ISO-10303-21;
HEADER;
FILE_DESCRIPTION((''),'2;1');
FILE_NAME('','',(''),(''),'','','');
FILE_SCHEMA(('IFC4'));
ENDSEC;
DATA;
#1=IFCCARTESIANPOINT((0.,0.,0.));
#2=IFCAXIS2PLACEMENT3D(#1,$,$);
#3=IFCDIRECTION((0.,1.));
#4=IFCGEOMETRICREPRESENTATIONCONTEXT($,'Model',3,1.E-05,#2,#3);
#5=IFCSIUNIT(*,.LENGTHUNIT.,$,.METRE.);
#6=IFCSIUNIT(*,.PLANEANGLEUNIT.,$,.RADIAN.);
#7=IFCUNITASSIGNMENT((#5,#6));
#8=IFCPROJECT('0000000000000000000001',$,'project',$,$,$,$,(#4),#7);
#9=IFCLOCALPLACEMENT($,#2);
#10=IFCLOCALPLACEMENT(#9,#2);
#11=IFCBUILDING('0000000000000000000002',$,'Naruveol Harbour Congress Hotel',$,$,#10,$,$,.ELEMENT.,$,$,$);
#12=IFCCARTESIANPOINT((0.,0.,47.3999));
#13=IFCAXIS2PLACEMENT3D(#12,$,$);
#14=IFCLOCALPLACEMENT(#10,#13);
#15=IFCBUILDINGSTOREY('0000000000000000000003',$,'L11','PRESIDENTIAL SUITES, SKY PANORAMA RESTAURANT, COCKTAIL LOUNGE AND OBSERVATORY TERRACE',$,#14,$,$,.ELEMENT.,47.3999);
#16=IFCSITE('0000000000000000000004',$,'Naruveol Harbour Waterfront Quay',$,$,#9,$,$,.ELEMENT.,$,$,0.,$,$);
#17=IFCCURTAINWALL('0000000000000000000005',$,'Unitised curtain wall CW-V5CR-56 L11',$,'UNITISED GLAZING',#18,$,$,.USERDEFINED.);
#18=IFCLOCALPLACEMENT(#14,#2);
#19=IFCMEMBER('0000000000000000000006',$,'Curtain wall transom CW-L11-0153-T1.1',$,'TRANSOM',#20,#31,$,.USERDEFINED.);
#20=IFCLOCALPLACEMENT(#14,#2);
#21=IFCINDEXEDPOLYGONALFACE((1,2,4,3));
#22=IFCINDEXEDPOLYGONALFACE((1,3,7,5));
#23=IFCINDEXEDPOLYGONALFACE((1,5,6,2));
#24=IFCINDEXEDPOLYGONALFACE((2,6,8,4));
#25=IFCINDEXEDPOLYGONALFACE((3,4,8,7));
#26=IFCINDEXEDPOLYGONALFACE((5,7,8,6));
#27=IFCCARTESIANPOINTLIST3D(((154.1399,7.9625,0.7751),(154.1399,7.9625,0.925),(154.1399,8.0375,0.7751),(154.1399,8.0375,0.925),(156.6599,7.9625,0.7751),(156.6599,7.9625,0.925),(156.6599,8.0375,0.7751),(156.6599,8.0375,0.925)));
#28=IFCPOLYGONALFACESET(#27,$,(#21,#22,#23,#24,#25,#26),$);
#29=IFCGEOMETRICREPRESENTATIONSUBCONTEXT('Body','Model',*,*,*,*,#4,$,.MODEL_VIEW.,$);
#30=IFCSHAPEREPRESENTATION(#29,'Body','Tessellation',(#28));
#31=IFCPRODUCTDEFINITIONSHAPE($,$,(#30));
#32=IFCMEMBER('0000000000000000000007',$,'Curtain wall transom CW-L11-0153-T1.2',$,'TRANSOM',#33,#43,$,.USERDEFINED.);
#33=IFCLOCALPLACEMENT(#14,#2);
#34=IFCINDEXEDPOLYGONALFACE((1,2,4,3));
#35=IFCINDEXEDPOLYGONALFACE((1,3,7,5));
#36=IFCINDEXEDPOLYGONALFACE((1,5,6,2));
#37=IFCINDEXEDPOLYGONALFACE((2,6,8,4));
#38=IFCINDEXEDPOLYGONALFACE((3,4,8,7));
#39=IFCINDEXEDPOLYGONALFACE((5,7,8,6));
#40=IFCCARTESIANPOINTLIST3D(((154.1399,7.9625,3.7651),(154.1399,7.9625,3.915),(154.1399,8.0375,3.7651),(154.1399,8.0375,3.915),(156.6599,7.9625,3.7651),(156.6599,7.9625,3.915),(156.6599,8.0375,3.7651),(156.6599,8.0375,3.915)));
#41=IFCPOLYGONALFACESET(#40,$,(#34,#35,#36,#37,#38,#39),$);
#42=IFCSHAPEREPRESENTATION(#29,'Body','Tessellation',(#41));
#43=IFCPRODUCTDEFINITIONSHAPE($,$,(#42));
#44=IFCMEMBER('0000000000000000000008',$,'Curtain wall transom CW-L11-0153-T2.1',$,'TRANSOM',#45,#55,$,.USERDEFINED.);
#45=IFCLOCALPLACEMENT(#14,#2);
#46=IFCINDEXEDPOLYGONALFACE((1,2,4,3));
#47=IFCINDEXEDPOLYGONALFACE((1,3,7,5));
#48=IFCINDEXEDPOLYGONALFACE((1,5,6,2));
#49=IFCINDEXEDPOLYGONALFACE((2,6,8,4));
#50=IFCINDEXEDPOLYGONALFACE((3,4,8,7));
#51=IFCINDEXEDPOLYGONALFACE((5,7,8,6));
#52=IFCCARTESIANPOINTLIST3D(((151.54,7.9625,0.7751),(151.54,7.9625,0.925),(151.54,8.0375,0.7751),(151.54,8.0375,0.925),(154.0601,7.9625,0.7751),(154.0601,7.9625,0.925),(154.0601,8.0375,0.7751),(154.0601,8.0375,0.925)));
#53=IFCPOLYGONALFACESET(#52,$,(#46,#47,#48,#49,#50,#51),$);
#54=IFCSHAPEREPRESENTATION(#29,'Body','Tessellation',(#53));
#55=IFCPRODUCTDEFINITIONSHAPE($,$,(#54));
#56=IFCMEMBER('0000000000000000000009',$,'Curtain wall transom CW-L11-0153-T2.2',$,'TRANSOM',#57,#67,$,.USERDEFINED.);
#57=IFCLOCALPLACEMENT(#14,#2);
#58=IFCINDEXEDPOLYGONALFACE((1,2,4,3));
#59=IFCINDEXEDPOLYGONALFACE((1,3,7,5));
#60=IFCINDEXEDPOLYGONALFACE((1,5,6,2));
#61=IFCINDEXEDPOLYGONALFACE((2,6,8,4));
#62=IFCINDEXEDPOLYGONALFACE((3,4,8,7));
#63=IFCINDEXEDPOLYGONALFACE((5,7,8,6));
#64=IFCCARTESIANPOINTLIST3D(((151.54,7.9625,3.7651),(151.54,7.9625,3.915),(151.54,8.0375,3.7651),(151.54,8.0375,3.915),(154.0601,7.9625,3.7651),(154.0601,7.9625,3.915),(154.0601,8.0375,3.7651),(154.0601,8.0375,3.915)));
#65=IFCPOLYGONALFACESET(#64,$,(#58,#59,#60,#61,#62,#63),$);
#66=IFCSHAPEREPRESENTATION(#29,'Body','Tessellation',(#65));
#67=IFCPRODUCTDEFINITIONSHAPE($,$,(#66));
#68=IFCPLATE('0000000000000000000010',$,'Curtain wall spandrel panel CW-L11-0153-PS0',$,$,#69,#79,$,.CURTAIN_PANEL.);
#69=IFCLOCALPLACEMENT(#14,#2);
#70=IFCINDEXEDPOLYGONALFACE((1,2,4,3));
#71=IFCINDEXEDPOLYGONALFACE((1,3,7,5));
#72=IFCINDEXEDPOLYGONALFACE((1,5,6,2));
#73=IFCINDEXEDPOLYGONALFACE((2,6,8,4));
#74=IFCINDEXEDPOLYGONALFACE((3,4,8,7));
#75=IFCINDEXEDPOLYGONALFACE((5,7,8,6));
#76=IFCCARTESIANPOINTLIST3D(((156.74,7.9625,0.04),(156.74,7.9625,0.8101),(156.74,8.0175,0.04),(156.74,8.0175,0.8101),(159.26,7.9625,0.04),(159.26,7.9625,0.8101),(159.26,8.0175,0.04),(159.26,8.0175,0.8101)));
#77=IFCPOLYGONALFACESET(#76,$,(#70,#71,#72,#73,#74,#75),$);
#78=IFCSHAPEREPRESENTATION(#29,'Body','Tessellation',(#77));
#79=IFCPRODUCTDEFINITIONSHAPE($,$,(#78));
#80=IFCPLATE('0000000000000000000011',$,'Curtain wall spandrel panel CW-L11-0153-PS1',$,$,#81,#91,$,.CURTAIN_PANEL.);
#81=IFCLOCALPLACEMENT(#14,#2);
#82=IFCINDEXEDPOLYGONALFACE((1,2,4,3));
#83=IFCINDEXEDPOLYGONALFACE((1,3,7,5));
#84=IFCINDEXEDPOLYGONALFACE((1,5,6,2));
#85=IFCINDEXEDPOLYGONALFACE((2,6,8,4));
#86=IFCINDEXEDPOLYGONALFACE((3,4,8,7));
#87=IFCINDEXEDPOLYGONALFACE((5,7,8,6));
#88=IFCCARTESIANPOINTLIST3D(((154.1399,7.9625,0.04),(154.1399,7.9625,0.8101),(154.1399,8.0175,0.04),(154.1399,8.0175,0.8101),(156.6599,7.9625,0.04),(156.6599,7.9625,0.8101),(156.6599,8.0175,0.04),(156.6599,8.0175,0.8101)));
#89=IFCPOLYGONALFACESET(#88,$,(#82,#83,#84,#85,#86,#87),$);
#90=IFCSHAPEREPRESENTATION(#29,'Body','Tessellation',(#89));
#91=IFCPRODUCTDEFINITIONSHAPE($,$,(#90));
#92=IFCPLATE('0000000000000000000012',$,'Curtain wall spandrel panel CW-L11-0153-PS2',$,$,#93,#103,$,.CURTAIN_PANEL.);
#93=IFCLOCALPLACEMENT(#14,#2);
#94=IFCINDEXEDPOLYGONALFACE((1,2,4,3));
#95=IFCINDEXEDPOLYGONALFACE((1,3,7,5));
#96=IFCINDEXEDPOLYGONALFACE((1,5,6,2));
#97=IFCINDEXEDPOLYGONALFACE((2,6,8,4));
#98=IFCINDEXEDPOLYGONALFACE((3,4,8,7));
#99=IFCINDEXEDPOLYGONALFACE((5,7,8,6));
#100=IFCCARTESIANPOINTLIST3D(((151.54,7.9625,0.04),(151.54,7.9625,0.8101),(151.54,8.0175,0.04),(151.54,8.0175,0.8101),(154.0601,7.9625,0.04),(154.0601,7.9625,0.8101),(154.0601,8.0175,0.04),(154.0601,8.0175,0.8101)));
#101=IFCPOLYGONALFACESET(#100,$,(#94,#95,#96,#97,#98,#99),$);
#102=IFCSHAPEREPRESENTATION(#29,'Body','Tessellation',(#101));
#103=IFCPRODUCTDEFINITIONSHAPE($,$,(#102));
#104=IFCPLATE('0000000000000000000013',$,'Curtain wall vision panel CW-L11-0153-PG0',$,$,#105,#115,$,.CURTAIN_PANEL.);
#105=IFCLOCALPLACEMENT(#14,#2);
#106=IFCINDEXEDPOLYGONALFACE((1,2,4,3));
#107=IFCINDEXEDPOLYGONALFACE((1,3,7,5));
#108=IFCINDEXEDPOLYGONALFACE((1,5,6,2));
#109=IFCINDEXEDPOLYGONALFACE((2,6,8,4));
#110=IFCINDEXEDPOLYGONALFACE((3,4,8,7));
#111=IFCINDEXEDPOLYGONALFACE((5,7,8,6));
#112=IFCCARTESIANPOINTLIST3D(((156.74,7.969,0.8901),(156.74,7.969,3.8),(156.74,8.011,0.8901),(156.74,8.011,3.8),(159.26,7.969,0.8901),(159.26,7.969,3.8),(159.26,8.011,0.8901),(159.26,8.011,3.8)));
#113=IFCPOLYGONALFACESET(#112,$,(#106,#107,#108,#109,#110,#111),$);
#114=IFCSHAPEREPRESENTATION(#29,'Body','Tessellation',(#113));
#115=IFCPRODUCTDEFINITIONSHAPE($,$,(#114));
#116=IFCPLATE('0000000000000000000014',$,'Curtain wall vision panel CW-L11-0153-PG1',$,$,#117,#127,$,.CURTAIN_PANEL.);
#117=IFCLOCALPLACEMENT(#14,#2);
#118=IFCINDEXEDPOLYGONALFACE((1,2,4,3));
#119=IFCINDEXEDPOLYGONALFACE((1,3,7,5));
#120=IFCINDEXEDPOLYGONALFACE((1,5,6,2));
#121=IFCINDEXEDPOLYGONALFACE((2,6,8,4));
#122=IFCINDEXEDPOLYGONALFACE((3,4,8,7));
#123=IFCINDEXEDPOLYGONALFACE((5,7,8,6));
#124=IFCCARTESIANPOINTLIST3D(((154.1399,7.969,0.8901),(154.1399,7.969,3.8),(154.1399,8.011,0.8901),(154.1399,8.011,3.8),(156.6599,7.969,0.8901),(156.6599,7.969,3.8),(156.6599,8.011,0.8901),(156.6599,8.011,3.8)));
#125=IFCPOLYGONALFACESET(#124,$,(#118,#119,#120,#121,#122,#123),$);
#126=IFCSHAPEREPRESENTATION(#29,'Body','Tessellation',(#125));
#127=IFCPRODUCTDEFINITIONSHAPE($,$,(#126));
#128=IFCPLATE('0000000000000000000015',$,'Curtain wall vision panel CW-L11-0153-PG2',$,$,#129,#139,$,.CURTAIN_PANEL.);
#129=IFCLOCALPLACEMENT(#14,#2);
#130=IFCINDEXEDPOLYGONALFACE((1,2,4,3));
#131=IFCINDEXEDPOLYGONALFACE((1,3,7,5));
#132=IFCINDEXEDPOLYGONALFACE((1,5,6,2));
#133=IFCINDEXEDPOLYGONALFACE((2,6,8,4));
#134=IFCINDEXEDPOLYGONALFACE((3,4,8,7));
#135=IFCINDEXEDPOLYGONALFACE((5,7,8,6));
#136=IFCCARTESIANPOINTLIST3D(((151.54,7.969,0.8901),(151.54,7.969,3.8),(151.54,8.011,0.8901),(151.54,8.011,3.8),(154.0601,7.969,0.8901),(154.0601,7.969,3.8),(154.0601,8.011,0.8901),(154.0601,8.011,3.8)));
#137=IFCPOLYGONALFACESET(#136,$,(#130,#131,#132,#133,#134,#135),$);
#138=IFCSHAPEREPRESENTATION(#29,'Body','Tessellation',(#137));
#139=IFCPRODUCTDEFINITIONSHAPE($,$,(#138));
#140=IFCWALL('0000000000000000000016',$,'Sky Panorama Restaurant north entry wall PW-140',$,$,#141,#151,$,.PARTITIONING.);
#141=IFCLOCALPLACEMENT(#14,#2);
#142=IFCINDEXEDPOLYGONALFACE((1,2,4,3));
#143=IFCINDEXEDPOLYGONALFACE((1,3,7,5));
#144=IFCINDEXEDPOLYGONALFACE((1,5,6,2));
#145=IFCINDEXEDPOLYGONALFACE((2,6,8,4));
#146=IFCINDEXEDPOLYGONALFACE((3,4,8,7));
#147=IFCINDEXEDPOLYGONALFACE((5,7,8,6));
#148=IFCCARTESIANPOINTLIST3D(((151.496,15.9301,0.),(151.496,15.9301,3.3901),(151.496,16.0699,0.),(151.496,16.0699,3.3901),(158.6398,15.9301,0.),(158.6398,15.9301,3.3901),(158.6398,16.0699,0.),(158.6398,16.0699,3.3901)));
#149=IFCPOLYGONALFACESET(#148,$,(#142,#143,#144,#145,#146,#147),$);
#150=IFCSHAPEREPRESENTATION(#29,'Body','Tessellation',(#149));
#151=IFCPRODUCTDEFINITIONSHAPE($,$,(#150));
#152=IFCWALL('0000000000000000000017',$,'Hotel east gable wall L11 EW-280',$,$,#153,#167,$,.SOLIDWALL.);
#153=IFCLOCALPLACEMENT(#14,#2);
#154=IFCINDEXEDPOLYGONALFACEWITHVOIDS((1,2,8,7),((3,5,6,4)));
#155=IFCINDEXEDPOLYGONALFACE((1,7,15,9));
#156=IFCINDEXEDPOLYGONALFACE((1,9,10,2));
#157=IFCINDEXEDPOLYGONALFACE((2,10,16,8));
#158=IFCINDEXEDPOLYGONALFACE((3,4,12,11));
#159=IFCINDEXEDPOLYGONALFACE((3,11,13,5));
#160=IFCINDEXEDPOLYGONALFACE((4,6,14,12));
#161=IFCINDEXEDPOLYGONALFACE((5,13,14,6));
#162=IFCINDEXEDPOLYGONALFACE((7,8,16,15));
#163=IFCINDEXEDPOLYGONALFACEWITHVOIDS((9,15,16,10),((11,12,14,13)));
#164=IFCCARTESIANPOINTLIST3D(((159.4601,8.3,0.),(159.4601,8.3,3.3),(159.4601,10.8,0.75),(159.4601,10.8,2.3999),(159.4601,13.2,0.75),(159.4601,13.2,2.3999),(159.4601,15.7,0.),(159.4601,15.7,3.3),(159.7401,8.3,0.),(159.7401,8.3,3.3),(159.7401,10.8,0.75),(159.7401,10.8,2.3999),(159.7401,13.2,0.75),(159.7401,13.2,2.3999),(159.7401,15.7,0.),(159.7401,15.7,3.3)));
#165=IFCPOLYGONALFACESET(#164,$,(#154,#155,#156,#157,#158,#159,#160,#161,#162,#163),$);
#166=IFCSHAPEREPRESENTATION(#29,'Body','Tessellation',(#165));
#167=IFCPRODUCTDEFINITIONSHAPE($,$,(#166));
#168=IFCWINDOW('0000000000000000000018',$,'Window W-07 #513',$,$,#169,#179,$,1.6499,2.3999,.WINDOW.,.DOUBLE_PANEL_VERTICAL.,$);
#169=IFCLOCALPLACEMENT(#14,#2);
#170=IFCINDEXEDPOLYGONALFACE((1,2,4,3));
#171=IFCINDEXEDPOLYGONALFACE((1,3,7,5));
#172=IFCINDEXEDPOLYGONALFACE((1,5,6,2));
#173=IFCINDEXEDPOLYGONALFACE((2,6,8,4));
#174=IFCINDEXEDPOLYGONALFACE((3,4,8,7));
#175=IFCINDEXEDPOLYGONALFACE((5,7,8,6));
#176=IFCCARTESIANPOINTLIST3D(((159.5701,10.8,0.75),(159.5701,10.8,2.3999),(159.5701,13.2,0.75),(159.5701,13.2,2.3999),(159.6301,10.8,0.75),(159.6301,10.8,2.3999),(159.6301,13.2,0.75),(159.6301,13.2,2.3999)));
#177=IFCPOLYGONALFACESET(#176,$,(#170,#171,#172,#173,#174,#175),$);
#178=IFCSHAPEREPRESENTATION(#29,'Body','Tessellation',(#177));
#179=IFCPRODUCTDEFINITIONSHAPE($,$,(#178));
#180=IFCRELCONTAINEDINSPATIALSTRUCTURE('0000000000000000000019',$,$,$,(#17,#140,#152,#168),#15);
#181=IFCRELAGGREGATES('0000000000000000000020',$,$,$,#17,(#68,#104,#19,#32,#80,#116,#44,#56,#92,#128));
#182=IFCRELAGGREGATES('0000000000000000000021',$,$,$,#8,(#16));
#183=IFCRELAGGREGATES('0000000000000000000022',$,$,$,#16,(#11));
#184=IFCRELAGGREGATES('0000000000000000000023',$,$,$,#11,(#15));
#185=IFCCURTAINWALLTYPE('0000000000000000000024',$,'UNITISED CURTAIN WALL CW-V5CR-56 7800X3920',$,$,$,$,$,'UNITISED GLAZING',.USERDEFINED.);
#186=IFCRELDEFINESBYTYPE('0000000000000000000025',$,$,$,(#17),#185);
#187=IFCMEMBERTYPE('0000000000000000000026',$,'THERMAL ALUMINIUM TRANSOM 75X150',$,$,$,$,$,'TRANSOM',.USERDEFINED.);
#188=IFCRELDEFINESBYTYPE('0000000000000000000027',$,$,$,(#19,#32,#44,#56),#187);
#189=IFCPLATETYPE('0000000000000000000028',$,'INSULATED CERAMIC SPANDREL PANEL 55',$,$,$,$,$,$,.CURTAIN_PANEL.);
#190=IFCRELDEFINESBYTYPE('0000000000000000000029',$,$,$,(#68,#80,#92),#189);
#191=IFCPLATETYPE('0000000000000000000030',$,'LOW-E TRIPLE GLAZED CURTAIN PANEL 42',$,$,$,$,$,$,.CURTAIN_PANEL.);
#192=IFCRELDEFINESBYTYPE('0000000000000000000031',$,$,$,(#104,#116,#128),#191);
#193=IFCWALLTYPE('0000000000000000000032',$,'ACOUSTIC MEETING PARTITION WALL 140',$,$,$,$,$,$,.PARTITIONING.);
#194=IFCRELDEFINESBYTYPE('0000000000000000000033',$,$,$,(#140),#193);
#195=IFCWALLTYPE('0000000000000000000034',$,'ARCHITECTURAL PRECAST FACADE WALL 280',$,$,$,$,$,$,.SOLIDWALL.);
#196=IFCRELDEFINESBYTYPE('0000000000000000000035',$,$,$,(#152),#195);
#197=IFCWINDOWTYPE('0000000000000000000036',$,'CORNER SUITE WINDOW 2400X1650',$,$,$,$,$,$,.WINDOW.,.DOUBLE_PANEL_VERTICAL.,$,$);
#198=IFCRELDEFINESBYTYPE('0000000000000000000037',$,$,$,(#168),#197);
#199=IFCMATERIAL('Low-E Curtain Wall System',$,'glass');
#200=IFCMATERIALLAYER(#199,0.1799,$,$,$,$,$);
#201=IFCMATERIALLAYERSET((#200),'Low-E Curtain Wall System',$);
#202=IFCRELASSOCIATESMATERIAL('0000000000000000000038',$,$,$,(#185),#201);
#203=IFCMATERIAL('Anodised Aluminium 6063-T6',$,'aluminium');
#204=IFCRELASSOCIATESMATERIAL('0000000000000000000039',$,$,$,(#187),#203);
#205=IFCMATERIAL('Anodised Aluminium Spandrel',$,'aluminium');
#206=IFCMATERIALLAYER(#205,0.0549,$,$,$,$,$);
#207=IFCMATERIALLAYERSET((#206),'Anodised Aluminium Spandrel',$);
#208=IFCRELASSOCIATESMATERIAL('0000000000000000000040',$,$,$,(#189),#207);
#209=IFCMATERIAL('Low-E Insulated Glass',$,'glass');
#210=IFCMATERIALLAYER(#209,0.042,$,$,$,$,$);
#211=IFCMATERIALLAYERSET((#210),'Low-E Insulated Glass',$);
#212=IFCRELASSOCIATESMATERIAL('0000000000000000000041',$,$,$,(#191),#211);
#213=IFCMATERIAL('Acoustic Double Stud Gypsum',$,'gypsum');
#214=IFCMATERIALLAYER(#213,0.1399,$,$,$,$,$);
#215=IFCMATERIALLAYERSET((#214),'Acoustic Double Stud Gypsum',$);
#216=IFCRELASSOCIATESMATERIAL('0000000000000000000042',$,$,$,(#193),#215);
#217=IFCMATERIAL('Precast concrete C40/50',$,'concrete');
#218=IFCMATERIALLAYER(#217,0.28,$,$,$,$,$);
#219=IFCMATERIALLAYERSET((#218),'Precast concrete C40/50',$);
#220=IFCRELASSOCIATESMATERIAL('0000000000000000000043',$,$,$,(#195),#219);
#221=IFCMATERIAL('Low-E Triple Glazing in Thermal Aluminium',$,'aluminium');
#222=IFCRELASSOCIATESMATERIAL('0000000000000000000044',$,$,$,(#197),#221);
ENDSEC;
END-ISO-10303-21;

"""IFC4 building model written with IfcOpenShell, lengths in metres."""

from ifc_helpers import new_model, si_unit, direction, frame, frame_2d, origin, origin_2d, place, context, subcontext, project, spatial, rectangle, extrude, material, layer, layer_set, material_profile, profile_set, type_object, element, fill, aggregate, save


model = new_model("IFC4")

# Units and contexts
model_context = context("Model", 3, precision=1e-05, world=origin(), true_north=direction((0.0, 1.0)))
body_context = subcontext(model_context, "Body", "Model", "MODEL_VIEW")
ifc_project = project(units=[si_unit("LENGTHUNIT", "METRE"), si_unit("PLANEANGLEUNIT", "RADIAN")], contexts=[model_context])

# Site, building, storey
site_placement = place(None, origin())
site = spatial("IfcSite", under=ifc_project, at=site_placement, Name="Naruveol Harbour Waterfront Quay", CompositionType="ELEMENT", RefElevation=0.0)
building_placement = place(site_placement, origin())
building = spatial("IfcBuilding", under=site, at=building_placement, Name="Naruveol Harbour Congress Hotel", CompositionType="ELEMENT")
storey_placement = place(building_placement, frame((0.0, 0.0, 47.3999)))
storey = spatial("IfcBuildingStorey", under=building, at=storey_placement, Name="L11", Description="PRESIDENTIAL SUITES, SKY PANORAMA RESTAURANT, COCKTAIL LOUNGE AND OBSERVATORY TERRACE", CompositionType="ELEMENT", Elevation=47.3999)

# Curtain wall, members, plates
ifc_material_1 = material(Name="Low-E Curtain Wall System", Category="glass")
ifc_layer_1 = layer(ifc_material_1, 0.1799)
ifc_layer_set_1 = layer_set([ifc_layer_1], Name="Low-E Curtain Wall System")
curtain_wall_type = type_object("IfcCurtainWallType", Name="UNITISED CURTAIN WALL CW-V5CR-56 7800X3920", ElementType="UNITISED GLAZING", PredefinedType="USERDEFINED", material=ifc_layer_set_1)
curtain_wall_placement = place(storey_placement, origin())
curtain_wall = element("IfcCurtainWall", 1, at=curtain_wall_placement, inside=storey, type_object=curtain_wall_type, Name="Unitised curtain wall CW-V5CR-56 L11", ObjectType="UNITISED GLAZING", PredefinedType="USERDEFINED")
ifc_material_2 = material(Name="Anodised Aluminium 6063-T6", Category="aluminium")
ifc_material_profile_1 = material_profile(ifc_material_2, rectangle(XDim=0.075, YDim=0.1499, at=origin_2d()), Name="ALU-75x150")
ifc_profile_set_1 = profile_set([ifc_material_profile_1], Name="Anodised Aluminium 6063-T6")
member_type_1 = type_object("IfcMemberType", Name="THERMAL ALUMINIUM TRANSOM 75X150", ElementType="TRANSOM", PredefinedType="USERDEFINED", material=ifc_profile_set_1)
member_1_placement = place(storey_placement, frame((156.6599, 8.0, 0.8501), z_axis=(-1.0, 0.0, 0.0), x_axis=(0.0, -1.0, 0.0)))
member_1 = element("IfcMember", 2, at=member_1_placement, type_object=member_type_1, Name="Curtain wall transom CW-L11-0153-T1.1", ObjectType="TRANSOM", PredefinedType="USERDEFINED", context=body_context, shape_type="SweptSolid", body=[
    extrude(rectangle(XDim=0.075, YDim=0.1499, at=origin_2d()), origin(), (0.0, 0.0, 1.0), 2.52),
])
member_2_placement = place(storey_placement, frame((156.6599, 8.0, 3.8401), z_axis=(-1.0, 0.0, 0.0), x_axis=(0.0, -1.0, 0.0)))
member_2 = element("IfcMember", 3, at=member_2_placement, type_object=member_type_1, Name="Curtain wall transom CW-L11-0153-T1.2", ObjectType="TRANSOM", PredefinedType="USERDEFINED", context=body_context, shape_type="SweptSolid", body=[
    extrude(rectangle(XDim=0.075, YDim=0.1499, at=origin_2d()), origin(), (0.0, 0.0, 1.0), 2.52),
])
member_3_placement = place(storey_placement, frame((154.0601, 8.0, 0.8501), z_axis=(-1.0, 0.0, 0.0), x_axis=(0.0, -1.0, 0.0)))
member_3 = element("IfcMember", 4, at=member_3_placement, type_object=member_type_1, Name="Curtain wall transom CW-L11-0153-T2.1", ObjectType="TRANSOM", PredefinedType="USERDEFINED", context=body_context, shape_type="SweptSolid", body=[
    extrude(rectangle(XDim=0.075, YDim=0.1499, at=origin_2d()), origin(), (0.0, 0.0, 1.0), 2.52),
])
member_4_placement = place(storey_placement, frame((154.0601, 8.0, 3.8401), z_axis=(-1.0, 0.0, 0.0), x_axis=(0.0, -1.0, 0.0)))
member_4 = element("IfcMember", 5, at=member_4_placement, type_object=member_type_1, Name="Curtain wall transom CW-L11-0153-T2.2", ObjectType="TRANSOM", PredefinedType="USERDEFINED", context=body_context, shape_type="SweptSolid", body=[
    extrude(rectangle(XDim=0.075, YDim=0.1499, at=origin_2d()), origin(), (0.0, 0.0, 1.0), 2.52),
])
ifc_material_3 = material(Name="Anodised Aluminium Spandrel", Category="aluminium")
ifc_layer_2 = layer(ifc_material_3, 0.0549)
ifc_layer_set_2 = layer_set([ifc_layer_2], Name="Anodised Aluminium Spandrel")
plate_type_1 = type_object("IfcPlateType", Name="INSULATED CERAMIC SPANDREL PANEL 55", PredefinedType="CURTAIN_PANEL", material=ifc_layer_set_2)
plate_1_placement = place(storey_placement, frame((158.0, 7.99, 0.04), z_axis=(0.0, 0.0, 1.0), x_axis=(-1.0, 0.0, 0.0)))
plate_1 = element("IfcPlate", 6, at=plate_1_placement, type_object=plate_type_1, Name="Curtain wall spandrel panel CW-L11-0153-PS0", PredefinedType="CURTAIN_PANEL", context=body_context, shape_type="SweptSolid", body=[
    extrude(rectangle(XDim=2.52, YDim=0.0549, at=origin_2d()), origin(), (0.0, 0.0, 1.0), 0.77),
])
plate_2_placement = place(storey_placement, frame((155.3999, 7.99, 0.04), z_axis=(0.0, 0.0, 1.0), x_axis=(-1.0, 0.0, 0.0)))
plate_2 = element("IfcPlate", 7, at=plate_2_placement, type_object=plate_type_1, Name="Curtain wall spandrel panel CW-L11-0153-PS1", PredefinedType="CURTAIN_PANEL", context=body_context, shape_type="SweptSolid", body=[
    extrude(rectangle(XDim=2.52, YDim=0.0549, at=origin_2d()), origin(), (0.0, 0.0, 1.0), 0.77),
])
plate_3_placement = place(storey_placement, frame((152.8, 7.99, 0.04), z_axis=(0.0, 0.0, 1.0), x_axis=(-1.0, 0.0, 0.0)))
plate_3 = element("IfcPlate", 8, at=plate_3_placement, type_object=plate_type_1, Name="Curtain wall spandrel panel CW-L11-0153-PS2", PredefinedType="CURTAIN_PANEL", context=body_context, shape_type="SweptSolid", body=[
    extrude(rectangle(XDim=2.52, YDim=0.0549, at=origin_2d()), origin(), (0.0, 0.0, 1.0), 0.77),
])
ifc_material_4 = material(Name="Low-E Insulated Glass", Category="glass")
ifc_layer_3 = layer(ifc_material_4, 0.042)
ifc_layer_set_3 = layer_set([ifc_layer_3], Name="Low-E Insulated Glass")
plate_type_2 = type_object("IfcPlateType", Name="LOW-E TRIPLE GLAZED CURTAIN PANEL 42", PredefinedType="CURTAIN_PANEL", material=ifc_layer_set_3)
plate_4_placement = place(storey_placement, frame((158.0, 7.99, 0.8901), z_axis=(0.0, 0.0, 1.0), x_axis=(-1.0, 0.0, 0.0)))
plate_4 = element("IfcPlate", 9, at=plate_4_placement, type_object=plate_type_2, Name="Curtain wall vision panel CW-L11-0153-PG0", PredefinedType="CURTAIN_PANEL", context=body_context, shape_type="SweptSolid", body=[
    extrude(rectangle(XDim=2.52, YDim=0.042, at=origin_2d()), origin(), (0.0, 0.0, 1.0), 2.9099),
])
plate_5_placement = place(storey_placement, frame((155.3999, 7.99, 0.8901), z_axis=(0.0, 0.0, 1.0), x_axis=(-1.0, 0.0, 0.0)))
plate_5 = element("IfcPlate", 10, at=plate_5_placement, type_object=plate_type_2, Name="Curtain wall vision panel CW-L11-0153-PG1", PredefinedType="CURTAIN_PANEL", context=body_context, shape_type="SweptSolid", body=[
    extrude(rectangle(XDim=2.52, YDim=0.042, at=origin_2d()), origin(), (0.0, 0.0, 1.0), 2.9099),
])
plate_6_placement = place(storey_placement, frame((152.8, 7.99, 0.8901), z_axis=(0.0, 0.0, 1.0), x_axis=(-1.0, 0.0, 0.0)))
plate_6 = element("IfcPlate", 11, at=plate_6_placement, type_object=plate_type_2, Name="Curtain wall vision panel CW-L11-0153-PG2", PredefinedType="CURTAIN_PANEL", context=body_context, shape_type="SweptSolid", body=[
    extrude(rectangle(XDim=2.52, YDim=0.042, at=origin_2d()), origin(), (0.0, 0.0, 1.0), 2.9099),
])
aggregate(curtain_wall, [plate_1, plate_4, member_1, member_2, plate_2, plate_5, member_3, member_4, plate_3, plate_6])

# Wall
ifc_material_5 = material(Name="Acoustic Double Stud Gypsum", Category="gypsum")
ifc_layer_4 = layer(ifc_material_5, 0.1399)
ifc_layer_set_4 = layer_set([ifc_layer_4], Name="Acoustic Double Stud Gypsum")
wall_type_1 = type_object("IfcWallType", Name="ACOUSTIC MEETING PARTITION WALL 140", PredefinedType="PARTITIONING", material=ifc_layer_set_4)
wall_1_placement = place(storey_placement, frame((151.4961, 16.0, 0.0), z_axis=(0.0, 0.0, 1.0), x_axis=(1.0, 0.0, 0.0)))
element("IfcWall", 12, at=wall_1_placement, inside=storey, type_object=wall_type_1, Name="Sky Panorama Restaurant north entry wall PW-140", PredefinedType="PARTITIONING", context=body_context, shape_type="SweptSolid", body=[
    extrude(rectangle(XDim=7.1438, YDim=0.1399, at=frame_2d((3.5718, 0.0))), origin(), (0.0, 0.0, 1.0), 3.3901),
])

# Wall, opening, window
ifc_material_6 = material(Name="Precast concrete C40/50", Category="concrete")
ifc_layer_5 = layer(ifc_material_6, 0.28)
ifc_layer_set_5 = layer_set([ifc_layer_5], Name="Precast concrete C40/50")
wall_type_2 = type_object("IfcWallType", Name="ARCHITECTURAL PRECAST FACADE WALL 280", PredefinedType="SOLIDWALL", material=ifc_layer_set_5)
wall_2_placement = place(storey_placement, frame((159.6001, 15.7, 0.0), z_axis=(0.0, 0.0, 1.0), x_axis=(0.0, -1.0, 0.0)))
wall_2 = element("IfcWall", 13, at=wall_2_placement, inside=storey, type_object=wall_type_2, Name="Hotel east gable wall L11 EW-280", PredefinedType="SOLIDWALL", context=body_context, shape_type="SweptSolid", body=[
    extrude(rectangle(XDim=7.3999, YDim=0.28, at=frame_2d((3.7, 0.0))), origin(), (0.0, 0.0, 1.0), 3.3),
])
opening_1_placement = place(wall_2_placement, frame((2.5, 0.0, 0.75)))
opening_1 = element("IfcOpeningElement", 14, at=opening_1_placement, cuts=wall_2, PredefinedType="OPENING", context=body_context, shape_type="SweptSolid", body=[
    extrude(rectangle(XDim=2.3999, YDim=1.6499, at=frame_2d((1.2, 0.825))), frame((0.0, 0.1499, 0.0), z_axis=(0.0, -1.0, 0.0), x_axis=(1.0, 0.0, 0.0)), (0.0, 0.0, 1.0), 0.3),
])
ifc_material_7 = material(Name="Low-E Triple Glazing in Thermal Aluminium", Category="aluminium")
window_type = type_object("IfcWindowType", Name="CORNER SUITE WINDOW 2400X1650", PartitioningType="DOUBLE_PANEL_VERTICAL", PredefinedType="WINDOW", material=ifc_material_7)
window_placement = place(opening_1_placement, origin())
window = element("IfcWindow", 15, at=window_placement, inside=storey, type_object=window_type, Name="Window W-07 #513", OverallHeight=1.6499, OverallWidth=2.3999, PartitioningType="DOUBLE_PANEL_VERTICAL", PredefinedType="WINDOW", context=body_context, shape_type="SweptSolid", body=[
    extrude(rectangle(XDim=2.3999, YDim=1.6499, at=frame_2d((1.2, 0.825))), frame((0.0, 0.03, 0.0), z_axis=(0.0, -1.0, 0.0), x_axis=(1.0, 0.0, 0.0)), (0.0, 0.0, 1.0), 0.0601),
])
fill(opening_1, window)

save(model, "model.ifc")
